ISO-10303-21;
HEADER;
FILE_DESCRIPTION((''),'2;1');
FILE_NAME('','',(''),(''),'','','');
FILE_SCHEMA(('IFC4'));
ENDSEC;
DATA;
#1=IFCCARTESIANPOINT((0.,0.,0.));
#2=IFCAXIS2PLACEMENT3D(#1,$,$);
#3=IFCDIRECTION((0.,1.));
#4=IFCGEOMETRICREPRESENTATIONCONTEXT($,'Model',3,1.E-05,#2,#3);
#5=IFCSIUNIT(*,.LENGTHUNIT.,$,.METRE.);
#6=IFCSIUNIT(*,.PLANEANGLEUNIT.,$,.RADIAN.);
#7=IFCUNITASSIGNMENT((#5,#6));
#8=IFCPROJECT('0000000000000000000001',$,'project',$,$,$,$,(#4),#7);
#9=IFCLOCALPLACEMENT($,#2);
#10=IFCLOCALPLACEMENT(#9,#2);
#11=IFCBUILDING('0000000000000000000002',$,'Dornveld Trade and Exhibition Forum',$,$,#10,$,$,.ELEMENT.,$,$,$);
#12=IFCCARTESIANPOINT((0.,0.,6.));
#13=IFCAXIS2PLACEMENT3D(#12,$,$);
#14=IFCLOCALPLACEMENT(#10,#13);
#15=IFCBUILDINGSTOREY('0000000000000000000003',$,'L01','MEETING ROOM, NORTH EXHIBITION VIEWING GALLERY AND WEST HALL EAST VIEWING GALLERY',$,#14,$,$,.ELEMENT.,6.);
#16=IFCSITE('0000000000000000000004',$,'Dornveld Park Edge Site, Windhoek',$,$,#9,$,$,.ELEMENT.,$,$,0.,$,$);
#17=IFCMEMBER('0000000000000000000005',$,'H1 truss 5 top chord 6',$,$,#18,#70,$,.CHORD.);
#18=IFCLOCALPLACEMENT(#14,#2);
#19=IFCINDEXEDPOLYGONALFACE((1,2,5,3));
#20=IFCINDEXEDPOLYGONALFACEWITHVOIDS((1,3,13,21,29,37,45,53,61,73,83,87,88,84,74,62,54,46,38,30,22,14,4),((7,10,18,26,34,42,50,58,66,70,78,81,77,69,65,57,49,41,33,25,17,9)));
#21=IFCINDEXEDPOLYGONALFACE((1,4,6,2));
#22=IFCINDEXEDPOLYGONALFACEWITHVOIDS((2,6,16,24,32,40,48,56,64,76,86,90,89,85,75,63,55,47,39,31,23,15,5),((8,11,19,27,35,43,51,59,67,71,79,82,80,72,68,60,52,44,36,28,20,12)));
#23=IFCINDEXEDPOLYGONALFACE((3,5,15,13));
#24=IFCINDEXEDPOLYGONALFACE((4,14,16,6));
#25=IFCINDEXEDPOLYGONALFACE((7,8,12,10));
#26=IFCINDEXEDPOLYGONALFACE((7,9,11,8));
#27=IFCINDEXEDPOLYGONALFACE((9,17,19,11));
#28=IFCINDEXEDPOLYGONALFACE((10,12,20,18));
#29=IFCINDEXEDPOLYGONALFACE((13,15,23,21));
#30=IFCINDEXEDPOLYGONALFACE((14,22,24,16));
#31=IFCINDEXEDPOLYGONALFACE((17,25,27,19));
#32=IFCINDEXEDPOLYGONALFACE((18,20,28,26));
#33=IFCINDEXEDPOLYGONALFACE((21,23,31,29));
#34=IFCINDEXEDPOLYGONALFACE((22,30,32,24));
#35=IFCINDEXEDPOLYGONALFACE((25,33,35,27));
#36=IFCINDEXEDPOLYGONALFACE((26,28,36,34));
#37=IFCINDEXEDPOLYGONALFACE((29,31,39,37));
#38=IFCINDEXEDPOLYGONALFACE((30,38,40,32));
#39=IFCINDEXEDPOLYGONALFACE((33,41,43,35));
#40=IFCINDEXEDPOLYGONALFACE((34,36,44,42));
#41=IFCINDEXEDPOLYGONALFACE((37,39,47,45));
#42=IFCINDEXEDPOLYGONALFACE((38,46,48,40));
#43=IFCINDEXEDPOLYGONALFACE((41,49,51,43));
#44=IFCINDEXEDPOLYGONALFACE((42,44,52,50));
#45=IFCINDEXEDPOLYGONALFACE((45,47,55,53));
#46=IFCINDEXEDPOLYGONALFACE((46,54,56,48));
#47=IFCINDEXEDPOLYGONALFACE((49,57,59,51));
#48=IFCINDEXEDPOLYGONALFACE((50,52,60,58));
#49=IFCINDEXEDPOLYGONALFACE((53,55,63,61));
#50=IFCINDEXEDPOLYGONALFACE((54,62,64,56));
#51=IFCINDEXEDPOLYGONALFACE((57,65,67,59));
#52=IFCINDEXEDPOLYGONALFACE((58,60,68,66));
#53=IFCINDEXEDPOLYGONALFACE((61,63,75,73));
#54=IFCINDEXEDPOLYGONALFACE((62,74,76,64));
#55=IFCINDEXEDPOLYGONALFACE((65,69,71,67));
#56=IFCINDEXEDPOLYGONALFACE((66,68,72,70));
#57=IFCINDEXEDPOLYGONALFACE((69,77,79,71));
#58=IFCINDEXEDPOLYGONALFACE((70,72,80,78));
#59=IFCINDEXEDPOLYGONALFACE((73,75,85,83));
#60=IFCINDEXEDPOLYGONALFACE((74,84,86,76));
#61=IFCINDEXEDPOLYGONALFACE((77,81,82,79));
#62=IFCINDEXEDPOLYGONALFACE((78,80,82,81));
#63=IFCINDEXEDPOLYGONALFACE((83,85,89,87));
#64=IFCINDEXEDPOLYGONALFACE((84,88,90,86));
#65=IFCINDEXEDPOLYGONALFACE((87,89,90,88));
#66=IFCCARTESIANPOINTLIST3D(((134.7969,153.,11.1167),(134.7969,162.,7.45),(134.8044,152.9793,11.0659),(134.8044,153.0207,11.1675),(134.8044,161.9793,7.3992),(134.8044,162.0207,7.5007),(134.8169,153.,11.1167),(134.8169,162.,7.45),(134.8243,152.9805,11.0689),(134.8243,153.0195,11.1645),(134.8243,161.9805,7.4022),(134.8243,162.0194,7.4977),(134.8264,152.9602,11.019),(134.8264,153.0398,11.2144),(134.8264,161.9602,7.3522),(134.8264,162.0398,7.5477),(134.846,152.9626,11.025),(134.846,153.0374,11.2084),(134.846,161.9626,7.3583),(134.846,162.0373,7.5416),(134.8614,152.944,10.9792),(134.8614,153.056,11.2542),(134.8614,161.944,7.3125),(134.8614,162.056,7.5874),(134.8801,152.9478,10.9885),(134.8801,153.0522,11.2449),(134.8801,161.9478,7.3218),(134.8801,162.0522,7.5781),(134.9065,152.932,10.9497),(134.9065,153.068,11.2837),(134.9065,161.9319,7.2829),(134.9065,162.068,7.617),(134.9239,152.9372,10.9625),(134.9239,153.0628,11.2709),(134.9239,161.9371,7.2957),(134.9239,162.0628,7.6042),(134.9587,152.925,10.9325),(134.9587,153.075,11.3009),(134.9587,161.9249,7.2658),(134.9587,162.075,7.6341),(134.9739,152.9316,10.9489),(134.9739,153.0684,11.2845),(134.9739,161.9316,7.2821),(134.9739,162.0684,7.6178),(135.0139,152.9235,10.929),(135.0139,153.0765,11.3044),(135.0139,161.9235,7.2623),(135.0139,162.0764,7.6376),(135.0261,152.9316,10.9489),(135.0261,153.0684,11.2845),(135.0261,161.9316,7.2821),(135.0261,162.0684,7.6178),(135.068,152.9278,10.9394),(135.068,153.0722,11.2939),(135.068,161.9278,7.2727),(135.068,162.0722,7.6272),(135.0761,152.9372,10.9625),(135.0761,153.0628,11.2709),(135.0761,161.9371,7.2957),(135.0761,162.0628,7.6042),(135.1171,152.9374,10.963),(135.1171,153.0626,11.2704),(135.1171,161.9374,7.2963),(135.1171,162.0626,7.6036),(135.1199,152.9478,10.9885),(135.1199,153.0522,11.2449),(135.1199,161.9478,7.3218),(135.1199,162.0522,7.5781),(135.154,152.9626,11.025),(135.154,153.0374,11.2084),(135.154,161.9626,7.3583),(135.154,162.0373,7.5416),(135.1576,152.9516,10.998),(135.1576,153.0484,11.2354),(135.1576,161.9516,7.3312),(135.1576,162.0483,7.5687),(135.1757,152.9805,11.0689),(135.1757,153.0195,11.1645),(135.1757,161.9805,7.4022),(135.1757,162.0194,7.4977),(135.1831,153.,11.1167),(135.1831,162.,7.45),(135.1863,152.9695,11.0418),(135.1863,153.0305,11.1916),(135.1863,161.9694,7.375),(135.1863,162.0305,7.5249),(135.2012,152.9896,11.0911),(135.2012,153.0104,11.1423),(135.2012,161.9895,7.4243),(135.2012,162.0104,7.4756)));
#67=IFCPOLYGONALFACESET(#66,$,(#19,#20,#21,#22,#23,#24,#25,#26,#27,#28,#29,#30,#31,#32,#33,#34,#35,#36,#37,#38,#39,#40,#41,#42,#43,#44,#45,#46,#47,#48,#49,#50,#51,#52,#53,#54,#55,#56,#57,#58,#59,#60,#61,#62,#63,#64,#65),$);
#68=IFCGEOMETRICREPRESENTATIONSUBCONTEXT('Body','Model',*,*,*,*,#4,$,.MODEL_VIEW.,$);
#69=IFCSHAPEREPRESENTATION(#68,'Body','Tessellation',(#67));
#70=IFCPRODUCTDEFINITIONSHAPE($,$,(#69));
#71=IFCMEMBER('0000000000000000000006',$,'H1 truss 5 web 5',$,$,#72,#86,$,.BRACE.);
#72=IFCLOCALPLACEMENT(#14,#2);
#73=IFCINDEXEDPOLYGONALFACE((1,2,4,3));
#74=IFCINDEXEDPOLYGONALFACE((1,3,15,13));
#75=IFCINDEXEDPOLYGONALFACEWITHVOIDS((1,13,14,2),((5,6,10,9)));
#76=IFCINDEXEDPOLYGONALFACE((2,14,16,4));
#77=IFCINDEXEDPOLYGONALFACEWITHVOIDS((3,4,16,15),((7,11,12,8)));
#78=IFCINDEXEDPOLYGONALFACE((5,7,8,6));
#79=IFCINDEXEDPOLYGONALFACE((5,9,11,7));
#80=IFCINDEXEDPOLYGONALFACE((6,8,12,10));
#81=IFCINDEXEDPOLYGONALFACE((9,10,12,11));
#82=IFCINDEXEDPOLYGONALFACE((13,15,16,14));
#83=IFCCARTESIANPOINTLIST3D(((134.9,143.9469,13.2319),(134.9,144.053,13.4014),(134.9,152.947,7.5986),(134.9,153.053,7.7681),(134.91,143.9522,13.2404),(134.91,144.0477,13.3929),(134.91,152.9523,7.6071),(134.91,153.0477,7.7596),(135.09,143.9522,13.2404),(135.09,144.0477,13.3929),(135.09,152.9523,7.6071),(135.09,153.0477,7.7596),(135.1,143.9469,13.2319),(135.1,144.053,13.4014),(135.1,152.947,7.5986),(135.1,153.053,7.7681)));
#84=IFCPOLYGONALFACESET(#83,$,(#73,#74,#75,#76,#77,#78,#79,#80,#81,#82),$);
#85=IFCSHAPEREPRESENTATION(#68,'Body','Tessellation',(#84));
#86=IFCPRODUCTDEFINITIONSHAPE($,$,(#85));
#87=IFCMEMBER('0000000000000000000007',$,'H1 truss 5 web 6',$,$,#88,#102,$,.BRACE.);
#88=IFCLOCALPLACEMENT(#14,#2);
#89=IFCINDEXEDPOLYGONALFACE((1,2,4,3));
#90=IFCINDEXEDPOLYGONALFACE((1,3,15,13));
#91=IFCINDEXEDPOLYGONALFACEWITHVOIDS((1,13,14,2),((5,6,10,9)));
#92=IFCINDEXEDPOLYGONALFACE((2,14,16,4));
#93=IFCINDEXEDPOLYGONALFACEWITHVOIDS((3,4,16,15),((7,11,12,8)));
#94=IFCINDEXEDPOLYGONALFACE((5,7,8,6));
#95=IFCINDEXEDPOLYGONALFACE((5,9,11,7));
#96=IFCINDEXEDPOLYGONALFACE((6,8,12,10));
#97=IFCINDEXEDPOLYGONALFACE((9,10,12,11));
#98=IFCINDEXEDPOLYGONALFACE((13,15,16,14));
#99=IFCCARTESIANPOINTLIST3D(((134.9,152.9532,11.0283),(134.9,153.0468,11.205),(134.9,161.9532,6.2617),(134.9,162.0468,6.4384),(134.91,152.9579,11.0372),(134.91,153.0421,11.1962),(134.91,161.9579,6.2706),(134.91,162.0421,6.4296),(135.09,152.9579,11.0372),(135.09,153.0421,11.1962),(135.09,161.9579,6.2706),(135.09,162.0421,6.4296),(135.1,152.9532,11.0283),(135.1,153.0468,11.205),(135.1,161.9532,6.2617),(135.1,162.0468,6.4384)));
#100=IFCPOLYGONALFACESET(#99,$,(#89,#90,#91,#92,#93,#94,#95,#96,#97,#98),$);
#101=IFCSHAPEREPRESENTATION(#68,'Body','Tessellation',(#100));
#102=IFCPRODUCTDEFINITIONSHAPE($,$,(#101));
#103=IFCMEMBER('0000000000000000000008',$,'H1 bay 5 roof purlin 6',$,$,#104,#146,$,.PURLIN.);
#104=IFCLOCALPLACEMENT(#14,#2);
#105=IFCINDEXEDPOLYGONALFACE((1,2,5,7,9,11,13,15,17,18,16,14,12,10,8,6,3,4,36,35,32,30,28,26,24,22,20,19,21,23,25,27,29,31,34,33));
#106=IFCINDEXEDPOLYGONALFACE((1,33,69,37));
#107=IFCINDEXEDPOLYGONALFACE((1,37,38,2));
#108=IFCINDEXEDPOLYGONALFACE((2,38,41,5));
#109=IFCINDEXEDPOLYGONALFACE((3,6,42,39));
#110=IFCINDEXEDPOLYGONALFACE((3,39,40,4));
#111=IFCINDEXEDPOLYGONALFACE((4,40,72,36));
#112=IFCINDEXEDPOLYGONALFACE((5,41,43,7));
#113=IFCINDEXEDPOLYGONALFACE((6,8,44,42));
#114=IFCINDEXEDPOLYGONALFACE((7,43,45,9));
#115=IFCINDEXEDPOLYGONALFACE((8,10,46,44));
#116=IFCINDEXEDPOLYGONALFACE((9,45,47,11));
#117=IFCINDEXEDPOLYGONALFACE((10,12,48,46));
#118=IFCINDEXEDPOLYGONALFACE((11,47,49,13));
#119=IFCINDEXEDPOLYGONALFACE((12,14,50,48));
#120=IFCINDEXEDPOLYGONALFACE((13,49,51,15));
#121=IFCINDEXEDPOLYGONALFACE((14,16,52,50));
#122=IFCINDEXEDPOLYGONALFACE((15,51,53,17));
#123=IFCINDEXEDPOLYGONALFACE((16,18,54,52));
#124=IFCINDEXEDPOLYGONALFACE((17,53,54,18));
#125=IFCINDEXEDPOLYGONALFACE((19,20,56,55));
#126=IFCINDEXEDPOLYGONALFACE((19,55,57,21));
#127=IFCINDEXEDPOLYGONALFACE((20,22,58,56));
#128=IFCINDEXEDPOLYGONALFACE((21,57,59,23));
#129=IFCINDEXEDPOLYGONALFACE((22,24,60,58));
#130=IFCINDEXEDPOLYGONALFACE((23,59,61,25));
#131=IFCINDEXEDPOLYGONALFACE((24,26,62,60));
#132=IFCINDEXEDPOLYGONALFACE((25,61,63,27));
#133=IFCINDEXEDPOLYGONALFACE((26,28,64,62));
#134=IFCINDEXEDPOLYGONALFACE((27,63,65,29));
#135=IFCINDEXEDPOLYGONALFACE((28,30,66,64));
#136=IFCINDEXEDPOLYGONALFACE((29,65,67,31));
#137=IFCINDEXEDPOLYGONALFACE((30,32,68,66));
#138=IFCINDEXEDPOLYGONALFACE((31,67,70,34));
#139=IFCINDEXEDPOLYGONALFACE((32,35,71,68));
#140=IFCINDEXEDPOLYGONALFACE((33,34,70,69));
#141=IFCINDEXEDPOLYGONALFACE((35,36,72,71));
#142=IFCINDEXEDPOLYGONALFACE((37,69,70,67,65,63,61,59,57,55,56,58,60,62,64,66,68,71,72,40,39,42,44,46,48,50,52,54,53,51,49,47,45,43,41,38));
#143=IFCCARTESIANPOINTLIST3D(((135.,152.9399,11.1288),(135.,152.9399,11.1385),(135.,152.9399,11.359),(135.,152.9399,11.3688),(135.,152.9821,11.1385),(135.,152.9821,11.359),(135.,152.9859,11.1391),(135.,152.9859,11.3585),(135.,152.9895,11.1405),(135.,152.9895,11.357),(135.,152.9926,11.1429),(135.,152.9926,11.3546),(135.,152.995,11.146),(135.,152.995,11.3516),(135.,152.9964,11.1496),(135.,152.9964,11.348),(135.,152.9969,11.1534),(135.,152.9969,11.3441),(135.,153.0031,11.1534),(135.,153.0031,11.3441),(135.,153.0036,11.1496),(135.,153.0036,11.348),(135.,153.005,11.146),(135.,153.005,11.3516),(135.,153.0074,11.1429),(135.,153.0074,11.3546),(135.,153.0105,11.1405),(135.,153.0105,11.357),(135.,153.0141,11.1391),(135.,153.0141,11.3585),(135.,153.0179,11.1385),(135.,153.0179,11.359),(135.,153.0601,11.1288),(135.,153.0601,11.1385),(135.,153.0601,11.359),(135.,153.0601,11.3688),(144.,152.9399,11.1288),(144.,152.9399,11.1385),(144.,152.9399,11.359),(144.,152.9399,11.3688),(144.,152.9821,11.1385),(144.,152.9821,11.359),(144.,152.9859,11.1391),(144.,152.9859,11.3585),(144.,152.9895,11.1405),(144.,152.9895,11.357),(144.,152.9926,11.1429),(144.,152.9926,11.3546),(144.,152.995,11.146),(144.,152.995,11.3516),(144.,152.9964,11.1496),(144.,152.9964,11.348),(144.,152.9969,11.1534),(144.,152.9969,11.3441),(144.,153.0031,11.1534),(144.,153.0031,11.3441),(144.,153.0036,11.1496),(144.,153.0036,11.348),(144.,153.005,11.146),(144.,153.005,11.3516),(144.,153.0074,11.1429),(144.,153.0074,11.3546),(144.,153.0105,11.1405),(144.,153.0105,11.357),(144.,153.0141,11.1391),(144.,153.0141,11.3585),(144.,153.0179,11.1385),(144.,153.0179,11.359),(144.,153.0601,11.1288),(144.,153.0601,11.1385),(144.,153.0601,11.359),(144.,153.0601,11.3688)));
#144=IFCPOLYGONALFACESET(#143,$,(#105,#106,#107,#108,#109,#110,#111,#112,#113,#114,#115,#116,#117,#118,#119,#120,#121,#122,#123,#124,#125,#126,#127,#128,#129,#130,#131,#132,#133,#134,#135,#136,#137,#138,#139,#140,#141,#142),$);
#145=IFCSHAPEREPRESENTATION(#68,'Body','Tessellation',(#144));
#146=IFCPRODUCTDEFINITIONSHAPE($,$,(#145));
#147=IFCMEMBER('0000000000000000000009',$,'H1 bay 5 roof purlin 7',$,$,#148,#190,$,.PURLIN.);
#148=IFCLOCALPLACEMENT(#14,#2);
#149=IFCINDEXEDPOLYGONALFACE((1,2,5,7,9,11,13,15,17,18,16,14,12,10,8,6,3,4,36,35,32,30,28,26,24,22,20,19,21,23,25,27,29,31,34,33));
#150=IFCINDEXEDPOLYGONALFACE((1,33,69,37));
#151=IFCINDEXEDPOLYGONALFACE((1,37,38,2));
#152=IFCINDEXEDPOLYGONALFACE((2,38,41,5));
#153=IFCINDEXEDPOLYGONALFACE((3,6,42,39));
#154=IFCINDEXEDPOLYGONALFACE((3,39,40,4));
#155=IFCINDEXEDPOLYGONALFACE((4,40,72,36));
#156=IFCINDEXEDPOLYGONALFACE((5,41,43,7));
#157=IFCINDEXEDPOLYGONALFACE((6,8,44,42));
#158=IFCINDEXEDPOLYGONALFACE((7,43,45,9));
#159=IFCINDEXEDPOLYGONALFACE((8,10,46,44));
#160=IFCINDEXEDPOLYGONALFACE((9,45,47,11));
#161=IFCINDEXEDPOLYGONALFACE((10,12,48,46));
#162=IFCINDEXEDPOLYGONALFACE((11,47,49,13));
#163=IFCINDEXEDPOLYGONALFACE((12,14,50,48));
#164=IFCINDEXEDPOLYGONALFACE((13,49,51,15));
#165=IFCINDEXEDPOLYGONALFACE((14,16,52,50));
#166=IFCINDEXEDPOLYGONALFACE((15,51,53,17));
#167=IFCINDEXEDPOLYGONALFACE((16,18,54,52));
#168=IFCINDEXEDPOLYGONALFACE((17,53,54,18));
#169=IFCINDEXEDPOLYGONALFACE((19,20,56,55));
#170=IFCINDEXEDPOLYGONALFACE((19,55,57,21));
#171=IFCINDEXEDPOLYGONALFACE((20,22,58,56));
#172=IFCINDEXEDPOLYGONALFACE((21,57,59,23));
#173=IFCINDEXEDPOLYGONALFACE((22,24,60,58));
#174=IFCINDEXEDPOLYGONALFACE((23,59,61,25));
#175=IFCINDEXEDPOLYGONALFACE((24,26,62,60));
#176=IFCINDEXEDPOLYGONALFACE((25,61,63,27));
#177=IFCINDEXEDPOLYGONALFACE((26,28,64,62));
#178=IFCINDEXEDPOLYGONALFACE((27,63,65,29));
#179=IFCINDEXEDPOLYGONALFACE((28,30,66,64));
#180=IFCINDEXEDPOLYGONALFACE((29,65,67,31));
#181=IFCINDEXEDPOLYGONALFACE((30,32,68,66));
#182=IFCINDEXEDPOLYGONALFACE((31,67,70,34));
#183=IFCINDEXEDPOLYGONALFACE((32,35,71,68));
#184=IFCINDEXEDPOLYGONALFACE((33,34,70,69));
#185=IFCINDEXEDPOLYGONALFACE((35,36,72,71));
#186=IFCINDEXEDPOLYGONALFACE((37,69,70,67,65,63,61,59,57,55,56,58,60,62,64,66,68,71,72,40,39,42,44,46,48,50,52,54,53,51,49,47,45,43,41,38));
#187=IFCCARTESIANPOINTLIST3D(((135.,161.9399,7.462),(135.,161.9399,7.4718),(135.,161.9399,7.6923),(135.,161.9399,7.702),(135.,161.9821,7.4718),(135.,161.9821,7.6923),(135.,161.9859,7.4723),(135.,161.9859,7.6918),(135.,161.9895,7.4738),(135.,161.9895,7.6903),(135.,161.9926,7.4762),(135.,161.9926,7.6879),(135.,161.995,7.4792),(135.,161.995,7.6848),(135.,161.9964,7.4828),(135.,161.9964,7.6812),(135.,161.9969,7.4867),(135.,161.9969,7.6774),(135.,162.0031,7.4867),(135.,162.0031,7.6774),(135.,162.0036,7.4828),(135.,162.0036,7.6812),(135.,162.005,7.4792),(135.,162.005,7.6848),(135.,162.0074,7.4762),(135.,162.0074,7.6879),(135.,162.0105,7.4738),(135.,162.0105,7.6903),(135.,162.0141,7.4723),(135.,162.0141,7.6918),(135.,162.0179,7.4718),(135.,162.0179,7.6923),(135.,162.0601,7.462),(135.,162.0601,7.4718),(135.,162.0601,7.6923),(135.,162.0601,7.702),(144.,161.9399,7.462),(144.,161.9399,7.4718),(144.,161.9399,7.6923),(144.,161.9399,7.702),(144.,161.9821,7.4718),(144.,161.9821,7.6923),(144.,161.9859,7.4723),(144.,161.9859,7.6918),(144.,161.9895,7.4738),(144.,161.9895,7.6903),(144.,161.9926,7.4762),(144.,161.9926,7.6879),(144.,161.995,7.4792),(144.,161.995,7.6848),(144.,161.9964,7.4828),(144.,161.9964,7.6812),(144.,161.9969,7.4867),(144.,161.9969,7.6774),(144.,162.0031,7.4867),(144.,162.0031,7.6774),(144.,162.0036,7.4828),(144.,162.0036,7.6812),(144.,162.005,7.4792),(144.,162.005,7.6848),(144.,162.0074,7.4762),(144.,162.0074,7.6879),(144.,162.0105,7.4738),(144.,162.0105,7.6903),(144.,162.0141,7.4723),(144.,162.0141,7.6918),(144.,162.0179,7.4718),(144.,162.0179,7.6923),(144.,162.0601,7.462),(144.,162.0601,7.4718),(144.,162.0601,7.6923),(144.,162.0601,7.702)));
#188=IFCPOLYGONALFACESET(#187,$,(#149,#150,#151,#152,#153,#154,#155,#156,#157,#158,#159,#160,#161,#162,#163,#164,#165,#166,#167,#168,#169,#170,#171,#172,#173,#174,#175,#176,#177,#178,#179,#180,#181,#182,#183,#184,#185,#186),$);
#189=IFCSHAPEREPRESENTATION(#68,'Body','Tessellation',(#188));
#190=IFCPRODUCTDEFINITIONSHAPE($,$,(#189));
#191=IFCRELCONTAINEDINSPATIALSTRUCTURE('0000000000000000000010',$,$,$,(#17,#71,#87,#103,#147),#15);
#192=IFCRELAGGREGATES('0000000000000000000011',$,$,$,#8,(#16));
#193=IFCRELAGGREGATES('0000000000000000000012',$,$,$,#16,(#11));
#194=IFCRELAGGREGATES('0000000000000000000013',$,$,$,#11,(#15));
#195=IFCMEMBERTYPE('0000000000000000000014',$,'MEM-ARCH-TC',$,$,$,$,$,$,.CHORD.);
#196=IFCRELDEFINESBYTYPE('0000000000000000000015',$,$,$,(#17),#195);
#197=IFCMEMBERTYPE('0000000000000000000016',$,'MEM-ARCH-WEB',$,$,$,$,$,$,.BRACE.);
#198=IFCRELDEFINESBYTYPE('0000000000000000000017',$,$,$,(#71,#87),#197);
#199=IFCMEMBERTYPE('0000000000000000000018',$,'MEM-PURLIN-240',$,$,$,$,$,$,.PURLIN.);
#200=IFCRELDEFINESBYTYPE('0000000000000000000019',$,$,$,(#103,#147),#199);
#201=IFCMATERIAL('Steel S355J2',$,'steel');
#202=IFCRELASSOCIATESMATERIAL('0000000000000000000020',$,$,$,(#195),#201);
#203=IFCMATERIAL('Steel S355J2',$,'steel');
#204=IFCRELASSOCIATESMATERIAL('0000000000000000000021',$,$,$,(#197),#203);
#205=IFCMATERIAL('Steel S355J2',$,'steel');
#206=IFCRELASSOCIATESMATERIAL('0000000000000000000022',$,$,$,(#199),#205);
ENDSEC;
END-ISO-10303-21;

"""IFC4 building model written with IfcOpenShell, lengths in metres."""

from ifc_helpers import new_model, si_unit, direction, frame, origin, origin_2d, place, context, subcontext, project, spatial, hollow_rectangle, hollow_circle, i_section, extrude, material, material_profile, profile_set, type_object, element, save


model = new_model("IFC4")

# Units and contexts
model_context = context("Model", 3, precision=1e-05, world=origin(), true_north=direction((0.0, 1.0)))
body_context = subcontext(model_context, "Body", "Model", "MODEL_VIEW")
ifc_project = project(units=[si_unit("LENGTHUNIT", "METRE"), si_unit("PLANEANGLEUNIT", "RADIAN")], contexts=[model_context])

# Site, building, storey
site_placement = place(None, origin())
site = spatial("IfcSite", under=ifc_project, at=site_placement, Name="Dornveld Park Edge Site, Windhoek", CompositionType="ELEMENT", RefElevation=0.0)
building_placement = place(site_placement, origin())
building = spatial("IfcBuilding", under=site, at=building_placement, Name="Dornveld Trade and Exhibition Forum", CompositionType="ELEMENT")
storey_placement = place(building_placement, frame((0.0, 0.0, 6.0)))
storey = spatial("IfcBuildingStorey", under=building, at=storey_placement, Name="L01", Description="MEETING ROOM, NORTH EXHIBITION VIEWING GALLERY AND WEST HALL EAST VIEWING GALLERY", CompositionType="ELEMENT", Elevation=6.0)

# Members
ifc_material_1 = material(Name="Steel S355J2", Category="steel")
ifc_material_profile_1 = material_profile(ifc_material_1, hollow_circle(Radius=0.2031, WallThickness=0.02, at=origin_2d()), Name="CHS 406.4x20")
ifc_profile_set_1 = profile_set([ifc_material_profile_1], Name="Steel S355J2")
member_type_1 = type_object("IfcMemberType", Name="MEM-ARCH-TC", PredefinedType="CHORD", material=ifc_profile_set_1)
member_1_placement = place(storey_placement, frame((135.0, 153.0, 11.1167), z_axis=(0.0, 0.926089, -0.377304), x_axis=(-1.0, 0.0, 0.0)))
element("IfcMember", 1, at=member_1_placement, inside=storey, type_object=member_type_1, Name="H1 truss 5 top chord 6", PredefinedType="CHORD", context=body_context, shape_type="SweptSolid", body=[
    extrude(hollow_circle(Radius=0.2031, WallThickness=0.02, at=origin_2d()), origin(), (0.0, 0.0, 1.0), 9.7183),
])
ifc_material_2 = material(Name="Steel S355J2", Category="steel")
ifc_material_profile_2 = material_profile(ifc_material_2, hollow_rectangle(XDim=0.2, YDim=0.2, WallThickness=0.01, at=origin_2d()), Name="SHS 200x200x10")
ifc_profile_set_2 = profile_set([ifc_material_profile_2], Name="Steel S355J2")
member_type_2 = type_object("IfcMemberType", Name="MEM-ARCH-WEB", PredefinedType="BRACE", material=ifc_profile_set_2)
member_2_placement = place(storey_placement, frame((135.0, 153.0, 7.6833), z_axis=(0.0, -0.847647, 0.530561), x_axis=(1.0, 0.0, 0.0)))
element("IfcMember", 2, at=member_2_placement, inside=storey, type_object=member_type_2, Name="H1 truss 5 web 5", PredefinedType="BRACE", context=body_context, shape_type="SweptSolid", body=[
    extrude(hollow_rectangle(XDim=0.2, YDim=0.2, WallThickness=0.01, at=origin_2d()), origin(), (0.0, 0.0, 1.0), 10.6177),
])
member_3_placement = place(storey_placement, frame((135.0, 162.0, 6.3501), z_axis=(0.0, -0.883711, 0.468033), x_axis=(1.0, 0.0, 0.0)))
element("IfcMember", 3, at=member_3_placement, inside=storey, type_object=member_type_2, Name="H1 truss 5 web 6", PredefinedType="BRACE", context=body_context, shape_type="SweptSolid", body=[
    extrude(hollow_rectangle(XDim=0.2, YDim=0.2, WallThickness=0.01, at=origin_2d()), origin(), (0.0, 0.0, 1.0), 10.1843),
])
ifc_material_3 = material(Name="Steel S355J2", Category="steel")
ifc_material_profile_3 = material_profile(ifc_material_3, i_section(OverallWidth=0.1201, OverallDepth=0.24, WebThickness=0.0061, FlangeThickness=0.0098, FilletRadius=0.0149, at=origin_2d()), Name="IPE 240")
ifc_profile_set_3 = profile_set([ifc_material_profile_3], Name="Steel S355J2")
member_type_3 = type_object("IfcMemberType", Name="MEM-PURLIN-240", PredefinedType="PURLIN", material=ifc_profile_set_3)
for number, where, z_axis, x_axis, name in (
    (4, (135.0, 153.0, 11.2488), (1.0, 0.0, 0.0), (0.0, 1.0, 0.0), "H1 bay 5 roof purlin 6"),
    (5, (135.0, 162.0, 7.582), (1.0, 0.0, 0.0), (0.0, 1.0, 0.0), "H1 bay 5 roof purlin 7"),
):
    element("IfcMember", number, at=place(storey_placement, frame(where, z_axis=z_axis, x_axis=x_axis)), inside=storey, type_object=member_type_3, Name=name, PredefinedType="PURLIN", context=body_context, shape_type="SweptSolid", body=[
        extrude(i_section(OverallWidth=0.1201, OverallDepth=0.24, WebThickness=0.0061, FlangeThickness=0.0098, FilletRadius=0.0149, at=origin_2d()), origin(), (0.0, 0.0, 1.0), 9.0),
    ])

save(model, "model.ifc")
